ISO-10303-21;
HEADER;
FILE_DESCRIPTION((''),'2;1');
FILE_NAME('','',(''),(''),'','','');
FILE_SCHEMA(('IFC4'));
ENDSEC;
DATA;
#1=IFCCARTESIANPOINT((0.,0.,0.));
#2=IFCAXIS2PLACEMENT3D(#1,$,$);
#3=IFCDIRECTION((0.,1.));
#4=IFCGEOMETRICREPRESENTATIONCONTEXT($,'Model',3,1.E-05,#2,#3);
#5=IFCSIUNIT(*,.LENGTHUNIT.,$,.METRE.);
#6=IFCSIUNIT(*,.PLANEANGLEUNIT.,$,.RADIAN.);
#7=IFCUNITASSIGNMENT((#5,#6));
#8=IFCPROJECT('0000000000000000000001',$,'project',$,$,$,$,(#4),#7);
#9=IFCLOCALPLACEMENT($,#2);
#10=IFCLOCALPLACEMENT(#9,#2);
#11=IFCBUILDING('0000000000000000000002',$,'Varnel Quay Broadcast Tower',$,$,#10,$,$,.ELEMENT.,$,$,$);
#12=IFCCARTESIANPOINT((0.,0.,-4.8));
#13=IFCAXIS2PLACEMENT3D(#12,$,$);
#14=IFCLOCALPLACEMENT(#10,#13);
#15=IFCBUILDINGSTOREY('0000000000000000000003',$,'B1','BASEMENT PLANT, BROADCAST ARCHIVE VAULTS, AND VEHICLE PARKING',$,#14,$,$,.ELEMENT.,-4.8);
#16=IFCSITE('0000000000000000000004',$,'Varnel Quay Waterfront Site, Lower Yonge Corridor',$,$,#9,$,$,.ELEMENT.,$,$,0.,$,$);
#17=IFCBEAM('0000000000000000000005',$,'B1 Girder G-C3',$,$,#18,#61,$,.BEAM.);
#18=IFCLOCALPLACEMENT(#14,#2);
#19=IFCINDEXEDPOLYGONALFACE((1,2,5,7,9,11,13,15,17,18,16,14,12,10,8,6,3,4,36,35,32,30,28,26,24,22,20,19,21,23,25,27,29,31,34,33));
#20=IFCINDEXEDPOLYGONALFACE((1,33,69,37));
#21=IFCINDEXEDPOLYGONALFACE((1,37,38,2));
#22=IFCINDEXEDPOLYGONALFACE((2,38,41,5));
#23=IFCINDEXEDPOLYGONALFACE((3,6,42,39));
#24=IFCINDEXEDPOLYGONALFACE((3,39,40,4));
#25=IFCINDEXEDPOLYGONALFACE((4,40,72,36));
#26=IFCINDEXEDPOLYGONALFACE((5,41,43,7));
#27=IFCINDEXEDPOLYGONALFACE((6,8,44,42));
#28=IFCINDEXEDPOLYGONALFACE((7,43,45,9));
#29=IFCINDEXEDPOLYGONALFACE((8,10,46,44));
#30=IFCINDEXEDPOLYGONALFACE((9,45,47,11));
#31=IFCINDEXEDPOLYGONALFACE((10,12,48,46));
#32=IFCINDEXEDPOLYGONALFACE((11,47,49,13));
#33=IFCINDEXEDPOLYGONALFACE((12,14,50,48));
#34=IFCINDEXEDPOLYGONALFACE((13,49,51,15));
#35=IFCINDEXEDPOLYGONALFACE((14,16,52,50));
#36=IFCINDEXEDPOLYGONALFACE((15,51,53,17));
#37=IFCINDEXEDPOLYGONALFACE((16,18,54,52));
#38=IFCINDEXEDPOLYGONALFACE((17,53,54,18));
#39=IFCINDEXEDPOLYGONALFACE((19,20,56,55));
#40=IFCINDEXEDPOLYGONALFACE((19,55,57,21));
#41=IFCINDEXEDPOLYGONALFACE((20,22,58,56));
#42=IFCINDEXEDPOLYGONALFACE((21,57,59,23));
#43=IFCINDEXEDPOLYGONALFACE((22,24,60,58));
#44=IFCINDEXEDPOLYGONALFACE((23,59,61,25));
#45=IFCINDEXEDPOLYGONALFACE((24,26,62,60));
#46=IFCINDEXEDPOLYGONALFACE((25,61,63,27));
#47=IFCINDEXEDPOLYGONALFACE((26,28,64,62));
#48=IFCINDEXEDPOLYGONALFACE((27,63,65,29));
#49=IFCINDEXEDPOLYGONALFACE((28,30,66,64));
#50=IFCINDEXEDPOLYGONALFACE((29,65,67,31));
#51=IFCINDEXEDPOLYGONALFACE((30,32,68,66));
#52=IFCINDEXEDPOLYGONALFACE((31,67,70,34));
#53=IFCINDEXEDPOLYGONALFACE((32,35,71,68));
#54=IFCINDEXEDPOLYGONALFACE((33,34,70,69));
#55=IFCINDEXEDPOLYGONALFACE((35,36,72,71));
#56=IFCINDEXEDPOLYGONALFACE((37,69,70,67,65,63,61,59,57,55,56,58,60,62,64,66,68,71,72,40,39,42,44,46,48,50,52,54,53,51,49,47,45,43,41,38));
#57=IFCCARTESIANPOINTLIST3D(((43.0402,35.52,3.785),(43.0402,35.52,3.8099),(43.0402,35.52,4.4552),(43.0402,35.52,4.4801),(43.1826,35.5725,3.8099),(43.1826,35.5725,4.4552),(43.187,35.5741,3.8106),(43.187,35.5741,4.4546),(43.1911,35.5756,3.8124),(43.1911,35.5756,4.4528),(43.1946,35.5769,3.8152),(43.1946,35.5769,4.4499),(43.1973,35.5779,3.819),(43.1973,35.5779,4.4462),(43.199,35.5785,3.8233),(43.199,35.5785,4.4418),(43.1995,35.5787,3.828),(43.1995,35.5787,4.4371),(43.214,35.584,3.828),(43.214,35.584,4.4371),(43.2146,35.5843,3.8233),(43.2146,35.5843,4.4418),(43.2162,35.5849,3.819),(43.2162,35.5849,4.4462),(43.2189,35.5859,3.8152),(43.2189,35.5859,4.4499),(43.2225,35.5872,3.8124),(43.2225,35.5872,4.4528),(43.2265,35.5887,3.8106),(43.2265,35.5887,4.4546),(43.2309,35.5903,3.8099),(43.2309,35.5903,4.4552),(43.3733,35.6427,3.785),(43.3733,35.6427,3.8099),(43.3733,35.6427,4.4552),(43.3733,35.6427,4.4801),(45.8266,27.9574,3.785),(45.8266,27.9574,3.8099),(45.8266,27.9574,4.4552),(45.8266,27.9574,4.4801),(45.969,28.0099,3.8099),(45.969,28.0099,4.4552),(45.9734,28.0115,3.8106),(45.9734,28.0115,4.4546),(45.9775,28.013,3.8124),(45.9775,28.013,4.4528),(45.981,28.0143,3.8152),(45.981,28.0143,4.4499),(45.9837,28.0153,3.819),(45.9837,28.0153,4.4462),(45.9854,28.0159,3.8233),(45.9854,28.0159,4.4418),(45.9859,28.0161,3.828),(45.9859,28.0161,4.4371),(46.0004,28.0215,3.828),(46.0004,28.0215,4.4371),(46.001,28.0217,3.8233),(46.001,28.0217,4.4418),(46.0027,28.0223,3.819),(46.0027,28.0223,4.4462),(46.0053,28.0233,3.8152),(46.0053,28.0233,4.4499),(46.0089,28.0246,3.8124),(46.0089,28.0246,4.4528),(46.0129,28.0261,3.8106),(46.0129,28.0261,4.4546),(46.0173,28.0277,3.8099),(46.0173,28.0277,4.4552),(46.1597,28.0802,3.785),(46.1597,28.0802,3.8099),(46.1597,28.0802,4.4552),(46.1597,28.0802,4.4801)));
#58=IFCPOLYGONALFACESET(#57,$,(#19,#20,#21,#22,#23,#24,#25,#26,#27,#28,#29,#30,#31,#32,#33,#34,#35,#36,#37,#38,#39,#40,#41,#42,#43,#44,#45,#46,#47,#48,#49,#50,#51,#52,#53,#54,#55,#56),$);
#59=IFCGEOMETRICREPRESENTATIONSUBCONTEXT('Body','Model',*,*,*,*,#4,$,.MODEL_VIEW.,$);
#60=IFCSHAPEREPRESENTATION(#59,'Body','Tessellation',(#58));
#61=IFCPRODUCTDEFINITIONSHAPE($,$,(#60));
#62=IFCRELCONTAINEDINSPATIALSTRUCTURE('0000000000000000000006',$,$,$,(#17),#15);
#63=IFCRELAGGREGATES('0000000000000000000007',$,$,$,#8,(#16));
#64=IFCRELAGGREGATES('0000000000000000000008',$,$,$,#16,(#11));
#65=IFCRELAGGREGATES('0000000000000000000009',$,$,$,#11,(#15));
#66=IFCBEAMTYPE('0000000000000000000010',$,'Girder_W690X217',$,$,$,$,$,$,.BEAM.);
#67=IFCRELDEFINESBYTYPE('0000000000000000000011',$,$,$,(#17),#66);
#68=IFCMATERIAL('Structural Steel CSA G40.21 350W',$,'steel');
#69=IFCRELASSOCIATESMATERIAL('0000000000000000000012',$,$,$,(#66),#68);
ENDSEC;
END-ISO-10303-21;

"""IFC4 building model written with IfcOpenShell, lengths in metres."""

from ifc_helpers import new_model, si_unit, direction, frame, origin, origin_2d, place, context, subcontext, project, spatial, i_section, extrude, source, transform, mapped, material, material_profile, profile_set, type_object, element, save


model = new_model("IFC4")

# Units and contexts
model_context = context("Model", 3, precision=1e-05, world=origin(), true_north=direction((0.0, 1.0)))
body_context = subcontext(model_context, "Body", "Model", "MODEL_VIEW")
ifc_project = project(units=[si_unit("LENGTHUNIT", "METRE"), si_unit("PLANEANGLEUNIT", "RADIAN")], contexts=[model_context])

# Site, building, storey
site_placement = place(None, origin())
site = spatial("IfcSite", under=ifc_project, at=site_placement, Name="Varnel Quay Waterfront Site, Lower Yonge Corridor", CompositionType="ELEMENT", RefElevation=0.0)
building_placement = place(site_placement, origin())
building = spatial("IfcBuilding", under=site, at=building_placement, Name="Varnel Quay Broadcast Tower", CompositionType="ELEMENT")
storey_placement = place(building_placement, frame((0.0, 0.0, -4.8)))
storey = spatial("IfcBuildingStorey", under=building, at=storey_placement, Name="B1", Description="BASEMENT PLANT, BROADCAST ARCHIVE VAULTS, AND VEHICLE PARKING", CompositionType="ELEMENT", Elevation=-4.8)

# Beam
ifc_material_1 = material(Name="Structural Steel CSA G40.21 350W", Category="steel")
ifc_material_profile_1 = material_profile(ifc_material_1, i_section(OverallWidth=0.355, OverallDepth=0.6951, WebThickness=0.0154, FlangeThickness=0.0249, FilletRadius=0.0181, at=origin_2d()), Name="W690X217")
ifc_profile_set_1 = profile_set([ifc_material_profile_1], Name="Structural Steel CSA G40.21 350W")
beam_type_1 = type_object("IfcBeamType", Name="Girder_W690X217", PredefinedType="BEAM", material=ifc_profile_set_1)
shared_shape_1 = source(origin(), body_context, "Body", "SweptSolid", [
    extrude(i_section(OverallWidth=0.355, OverallDepth=0.6951, WebThickness=0.0154, FlangeThickness=0.0249, FilletRadius=0.0181, at=origin_2d()), origin(), (0.0, 0.0, 1.0), 8.0596),
])
beam_1_placement = place(storey_placement, frame((45.9932, 28.0188, 4.1326), z_axis=(-0.345726, 0.938335, 0.0), x_axis=(-0.938335, -0.345726, 0.0)))
element("IfcBeam", 1, at=beam_1_placement, inside=storey, type_object=beam_type_1, Name="B1 Girder G-C3", PredefinedType="BEAM", context=body_context, shape_type="MappedRepresentation", body=[
    mapped(shared_shape_1, transform((0.0, 0.0, 0.0), x_axis=(1.0, 0.0, 0.0), y_axis=(0.0, 1.0, 0.0), z_axis=(0.0, 0.0, 1.0), scale=1.0)),
])

save(model, "model.ifc")
